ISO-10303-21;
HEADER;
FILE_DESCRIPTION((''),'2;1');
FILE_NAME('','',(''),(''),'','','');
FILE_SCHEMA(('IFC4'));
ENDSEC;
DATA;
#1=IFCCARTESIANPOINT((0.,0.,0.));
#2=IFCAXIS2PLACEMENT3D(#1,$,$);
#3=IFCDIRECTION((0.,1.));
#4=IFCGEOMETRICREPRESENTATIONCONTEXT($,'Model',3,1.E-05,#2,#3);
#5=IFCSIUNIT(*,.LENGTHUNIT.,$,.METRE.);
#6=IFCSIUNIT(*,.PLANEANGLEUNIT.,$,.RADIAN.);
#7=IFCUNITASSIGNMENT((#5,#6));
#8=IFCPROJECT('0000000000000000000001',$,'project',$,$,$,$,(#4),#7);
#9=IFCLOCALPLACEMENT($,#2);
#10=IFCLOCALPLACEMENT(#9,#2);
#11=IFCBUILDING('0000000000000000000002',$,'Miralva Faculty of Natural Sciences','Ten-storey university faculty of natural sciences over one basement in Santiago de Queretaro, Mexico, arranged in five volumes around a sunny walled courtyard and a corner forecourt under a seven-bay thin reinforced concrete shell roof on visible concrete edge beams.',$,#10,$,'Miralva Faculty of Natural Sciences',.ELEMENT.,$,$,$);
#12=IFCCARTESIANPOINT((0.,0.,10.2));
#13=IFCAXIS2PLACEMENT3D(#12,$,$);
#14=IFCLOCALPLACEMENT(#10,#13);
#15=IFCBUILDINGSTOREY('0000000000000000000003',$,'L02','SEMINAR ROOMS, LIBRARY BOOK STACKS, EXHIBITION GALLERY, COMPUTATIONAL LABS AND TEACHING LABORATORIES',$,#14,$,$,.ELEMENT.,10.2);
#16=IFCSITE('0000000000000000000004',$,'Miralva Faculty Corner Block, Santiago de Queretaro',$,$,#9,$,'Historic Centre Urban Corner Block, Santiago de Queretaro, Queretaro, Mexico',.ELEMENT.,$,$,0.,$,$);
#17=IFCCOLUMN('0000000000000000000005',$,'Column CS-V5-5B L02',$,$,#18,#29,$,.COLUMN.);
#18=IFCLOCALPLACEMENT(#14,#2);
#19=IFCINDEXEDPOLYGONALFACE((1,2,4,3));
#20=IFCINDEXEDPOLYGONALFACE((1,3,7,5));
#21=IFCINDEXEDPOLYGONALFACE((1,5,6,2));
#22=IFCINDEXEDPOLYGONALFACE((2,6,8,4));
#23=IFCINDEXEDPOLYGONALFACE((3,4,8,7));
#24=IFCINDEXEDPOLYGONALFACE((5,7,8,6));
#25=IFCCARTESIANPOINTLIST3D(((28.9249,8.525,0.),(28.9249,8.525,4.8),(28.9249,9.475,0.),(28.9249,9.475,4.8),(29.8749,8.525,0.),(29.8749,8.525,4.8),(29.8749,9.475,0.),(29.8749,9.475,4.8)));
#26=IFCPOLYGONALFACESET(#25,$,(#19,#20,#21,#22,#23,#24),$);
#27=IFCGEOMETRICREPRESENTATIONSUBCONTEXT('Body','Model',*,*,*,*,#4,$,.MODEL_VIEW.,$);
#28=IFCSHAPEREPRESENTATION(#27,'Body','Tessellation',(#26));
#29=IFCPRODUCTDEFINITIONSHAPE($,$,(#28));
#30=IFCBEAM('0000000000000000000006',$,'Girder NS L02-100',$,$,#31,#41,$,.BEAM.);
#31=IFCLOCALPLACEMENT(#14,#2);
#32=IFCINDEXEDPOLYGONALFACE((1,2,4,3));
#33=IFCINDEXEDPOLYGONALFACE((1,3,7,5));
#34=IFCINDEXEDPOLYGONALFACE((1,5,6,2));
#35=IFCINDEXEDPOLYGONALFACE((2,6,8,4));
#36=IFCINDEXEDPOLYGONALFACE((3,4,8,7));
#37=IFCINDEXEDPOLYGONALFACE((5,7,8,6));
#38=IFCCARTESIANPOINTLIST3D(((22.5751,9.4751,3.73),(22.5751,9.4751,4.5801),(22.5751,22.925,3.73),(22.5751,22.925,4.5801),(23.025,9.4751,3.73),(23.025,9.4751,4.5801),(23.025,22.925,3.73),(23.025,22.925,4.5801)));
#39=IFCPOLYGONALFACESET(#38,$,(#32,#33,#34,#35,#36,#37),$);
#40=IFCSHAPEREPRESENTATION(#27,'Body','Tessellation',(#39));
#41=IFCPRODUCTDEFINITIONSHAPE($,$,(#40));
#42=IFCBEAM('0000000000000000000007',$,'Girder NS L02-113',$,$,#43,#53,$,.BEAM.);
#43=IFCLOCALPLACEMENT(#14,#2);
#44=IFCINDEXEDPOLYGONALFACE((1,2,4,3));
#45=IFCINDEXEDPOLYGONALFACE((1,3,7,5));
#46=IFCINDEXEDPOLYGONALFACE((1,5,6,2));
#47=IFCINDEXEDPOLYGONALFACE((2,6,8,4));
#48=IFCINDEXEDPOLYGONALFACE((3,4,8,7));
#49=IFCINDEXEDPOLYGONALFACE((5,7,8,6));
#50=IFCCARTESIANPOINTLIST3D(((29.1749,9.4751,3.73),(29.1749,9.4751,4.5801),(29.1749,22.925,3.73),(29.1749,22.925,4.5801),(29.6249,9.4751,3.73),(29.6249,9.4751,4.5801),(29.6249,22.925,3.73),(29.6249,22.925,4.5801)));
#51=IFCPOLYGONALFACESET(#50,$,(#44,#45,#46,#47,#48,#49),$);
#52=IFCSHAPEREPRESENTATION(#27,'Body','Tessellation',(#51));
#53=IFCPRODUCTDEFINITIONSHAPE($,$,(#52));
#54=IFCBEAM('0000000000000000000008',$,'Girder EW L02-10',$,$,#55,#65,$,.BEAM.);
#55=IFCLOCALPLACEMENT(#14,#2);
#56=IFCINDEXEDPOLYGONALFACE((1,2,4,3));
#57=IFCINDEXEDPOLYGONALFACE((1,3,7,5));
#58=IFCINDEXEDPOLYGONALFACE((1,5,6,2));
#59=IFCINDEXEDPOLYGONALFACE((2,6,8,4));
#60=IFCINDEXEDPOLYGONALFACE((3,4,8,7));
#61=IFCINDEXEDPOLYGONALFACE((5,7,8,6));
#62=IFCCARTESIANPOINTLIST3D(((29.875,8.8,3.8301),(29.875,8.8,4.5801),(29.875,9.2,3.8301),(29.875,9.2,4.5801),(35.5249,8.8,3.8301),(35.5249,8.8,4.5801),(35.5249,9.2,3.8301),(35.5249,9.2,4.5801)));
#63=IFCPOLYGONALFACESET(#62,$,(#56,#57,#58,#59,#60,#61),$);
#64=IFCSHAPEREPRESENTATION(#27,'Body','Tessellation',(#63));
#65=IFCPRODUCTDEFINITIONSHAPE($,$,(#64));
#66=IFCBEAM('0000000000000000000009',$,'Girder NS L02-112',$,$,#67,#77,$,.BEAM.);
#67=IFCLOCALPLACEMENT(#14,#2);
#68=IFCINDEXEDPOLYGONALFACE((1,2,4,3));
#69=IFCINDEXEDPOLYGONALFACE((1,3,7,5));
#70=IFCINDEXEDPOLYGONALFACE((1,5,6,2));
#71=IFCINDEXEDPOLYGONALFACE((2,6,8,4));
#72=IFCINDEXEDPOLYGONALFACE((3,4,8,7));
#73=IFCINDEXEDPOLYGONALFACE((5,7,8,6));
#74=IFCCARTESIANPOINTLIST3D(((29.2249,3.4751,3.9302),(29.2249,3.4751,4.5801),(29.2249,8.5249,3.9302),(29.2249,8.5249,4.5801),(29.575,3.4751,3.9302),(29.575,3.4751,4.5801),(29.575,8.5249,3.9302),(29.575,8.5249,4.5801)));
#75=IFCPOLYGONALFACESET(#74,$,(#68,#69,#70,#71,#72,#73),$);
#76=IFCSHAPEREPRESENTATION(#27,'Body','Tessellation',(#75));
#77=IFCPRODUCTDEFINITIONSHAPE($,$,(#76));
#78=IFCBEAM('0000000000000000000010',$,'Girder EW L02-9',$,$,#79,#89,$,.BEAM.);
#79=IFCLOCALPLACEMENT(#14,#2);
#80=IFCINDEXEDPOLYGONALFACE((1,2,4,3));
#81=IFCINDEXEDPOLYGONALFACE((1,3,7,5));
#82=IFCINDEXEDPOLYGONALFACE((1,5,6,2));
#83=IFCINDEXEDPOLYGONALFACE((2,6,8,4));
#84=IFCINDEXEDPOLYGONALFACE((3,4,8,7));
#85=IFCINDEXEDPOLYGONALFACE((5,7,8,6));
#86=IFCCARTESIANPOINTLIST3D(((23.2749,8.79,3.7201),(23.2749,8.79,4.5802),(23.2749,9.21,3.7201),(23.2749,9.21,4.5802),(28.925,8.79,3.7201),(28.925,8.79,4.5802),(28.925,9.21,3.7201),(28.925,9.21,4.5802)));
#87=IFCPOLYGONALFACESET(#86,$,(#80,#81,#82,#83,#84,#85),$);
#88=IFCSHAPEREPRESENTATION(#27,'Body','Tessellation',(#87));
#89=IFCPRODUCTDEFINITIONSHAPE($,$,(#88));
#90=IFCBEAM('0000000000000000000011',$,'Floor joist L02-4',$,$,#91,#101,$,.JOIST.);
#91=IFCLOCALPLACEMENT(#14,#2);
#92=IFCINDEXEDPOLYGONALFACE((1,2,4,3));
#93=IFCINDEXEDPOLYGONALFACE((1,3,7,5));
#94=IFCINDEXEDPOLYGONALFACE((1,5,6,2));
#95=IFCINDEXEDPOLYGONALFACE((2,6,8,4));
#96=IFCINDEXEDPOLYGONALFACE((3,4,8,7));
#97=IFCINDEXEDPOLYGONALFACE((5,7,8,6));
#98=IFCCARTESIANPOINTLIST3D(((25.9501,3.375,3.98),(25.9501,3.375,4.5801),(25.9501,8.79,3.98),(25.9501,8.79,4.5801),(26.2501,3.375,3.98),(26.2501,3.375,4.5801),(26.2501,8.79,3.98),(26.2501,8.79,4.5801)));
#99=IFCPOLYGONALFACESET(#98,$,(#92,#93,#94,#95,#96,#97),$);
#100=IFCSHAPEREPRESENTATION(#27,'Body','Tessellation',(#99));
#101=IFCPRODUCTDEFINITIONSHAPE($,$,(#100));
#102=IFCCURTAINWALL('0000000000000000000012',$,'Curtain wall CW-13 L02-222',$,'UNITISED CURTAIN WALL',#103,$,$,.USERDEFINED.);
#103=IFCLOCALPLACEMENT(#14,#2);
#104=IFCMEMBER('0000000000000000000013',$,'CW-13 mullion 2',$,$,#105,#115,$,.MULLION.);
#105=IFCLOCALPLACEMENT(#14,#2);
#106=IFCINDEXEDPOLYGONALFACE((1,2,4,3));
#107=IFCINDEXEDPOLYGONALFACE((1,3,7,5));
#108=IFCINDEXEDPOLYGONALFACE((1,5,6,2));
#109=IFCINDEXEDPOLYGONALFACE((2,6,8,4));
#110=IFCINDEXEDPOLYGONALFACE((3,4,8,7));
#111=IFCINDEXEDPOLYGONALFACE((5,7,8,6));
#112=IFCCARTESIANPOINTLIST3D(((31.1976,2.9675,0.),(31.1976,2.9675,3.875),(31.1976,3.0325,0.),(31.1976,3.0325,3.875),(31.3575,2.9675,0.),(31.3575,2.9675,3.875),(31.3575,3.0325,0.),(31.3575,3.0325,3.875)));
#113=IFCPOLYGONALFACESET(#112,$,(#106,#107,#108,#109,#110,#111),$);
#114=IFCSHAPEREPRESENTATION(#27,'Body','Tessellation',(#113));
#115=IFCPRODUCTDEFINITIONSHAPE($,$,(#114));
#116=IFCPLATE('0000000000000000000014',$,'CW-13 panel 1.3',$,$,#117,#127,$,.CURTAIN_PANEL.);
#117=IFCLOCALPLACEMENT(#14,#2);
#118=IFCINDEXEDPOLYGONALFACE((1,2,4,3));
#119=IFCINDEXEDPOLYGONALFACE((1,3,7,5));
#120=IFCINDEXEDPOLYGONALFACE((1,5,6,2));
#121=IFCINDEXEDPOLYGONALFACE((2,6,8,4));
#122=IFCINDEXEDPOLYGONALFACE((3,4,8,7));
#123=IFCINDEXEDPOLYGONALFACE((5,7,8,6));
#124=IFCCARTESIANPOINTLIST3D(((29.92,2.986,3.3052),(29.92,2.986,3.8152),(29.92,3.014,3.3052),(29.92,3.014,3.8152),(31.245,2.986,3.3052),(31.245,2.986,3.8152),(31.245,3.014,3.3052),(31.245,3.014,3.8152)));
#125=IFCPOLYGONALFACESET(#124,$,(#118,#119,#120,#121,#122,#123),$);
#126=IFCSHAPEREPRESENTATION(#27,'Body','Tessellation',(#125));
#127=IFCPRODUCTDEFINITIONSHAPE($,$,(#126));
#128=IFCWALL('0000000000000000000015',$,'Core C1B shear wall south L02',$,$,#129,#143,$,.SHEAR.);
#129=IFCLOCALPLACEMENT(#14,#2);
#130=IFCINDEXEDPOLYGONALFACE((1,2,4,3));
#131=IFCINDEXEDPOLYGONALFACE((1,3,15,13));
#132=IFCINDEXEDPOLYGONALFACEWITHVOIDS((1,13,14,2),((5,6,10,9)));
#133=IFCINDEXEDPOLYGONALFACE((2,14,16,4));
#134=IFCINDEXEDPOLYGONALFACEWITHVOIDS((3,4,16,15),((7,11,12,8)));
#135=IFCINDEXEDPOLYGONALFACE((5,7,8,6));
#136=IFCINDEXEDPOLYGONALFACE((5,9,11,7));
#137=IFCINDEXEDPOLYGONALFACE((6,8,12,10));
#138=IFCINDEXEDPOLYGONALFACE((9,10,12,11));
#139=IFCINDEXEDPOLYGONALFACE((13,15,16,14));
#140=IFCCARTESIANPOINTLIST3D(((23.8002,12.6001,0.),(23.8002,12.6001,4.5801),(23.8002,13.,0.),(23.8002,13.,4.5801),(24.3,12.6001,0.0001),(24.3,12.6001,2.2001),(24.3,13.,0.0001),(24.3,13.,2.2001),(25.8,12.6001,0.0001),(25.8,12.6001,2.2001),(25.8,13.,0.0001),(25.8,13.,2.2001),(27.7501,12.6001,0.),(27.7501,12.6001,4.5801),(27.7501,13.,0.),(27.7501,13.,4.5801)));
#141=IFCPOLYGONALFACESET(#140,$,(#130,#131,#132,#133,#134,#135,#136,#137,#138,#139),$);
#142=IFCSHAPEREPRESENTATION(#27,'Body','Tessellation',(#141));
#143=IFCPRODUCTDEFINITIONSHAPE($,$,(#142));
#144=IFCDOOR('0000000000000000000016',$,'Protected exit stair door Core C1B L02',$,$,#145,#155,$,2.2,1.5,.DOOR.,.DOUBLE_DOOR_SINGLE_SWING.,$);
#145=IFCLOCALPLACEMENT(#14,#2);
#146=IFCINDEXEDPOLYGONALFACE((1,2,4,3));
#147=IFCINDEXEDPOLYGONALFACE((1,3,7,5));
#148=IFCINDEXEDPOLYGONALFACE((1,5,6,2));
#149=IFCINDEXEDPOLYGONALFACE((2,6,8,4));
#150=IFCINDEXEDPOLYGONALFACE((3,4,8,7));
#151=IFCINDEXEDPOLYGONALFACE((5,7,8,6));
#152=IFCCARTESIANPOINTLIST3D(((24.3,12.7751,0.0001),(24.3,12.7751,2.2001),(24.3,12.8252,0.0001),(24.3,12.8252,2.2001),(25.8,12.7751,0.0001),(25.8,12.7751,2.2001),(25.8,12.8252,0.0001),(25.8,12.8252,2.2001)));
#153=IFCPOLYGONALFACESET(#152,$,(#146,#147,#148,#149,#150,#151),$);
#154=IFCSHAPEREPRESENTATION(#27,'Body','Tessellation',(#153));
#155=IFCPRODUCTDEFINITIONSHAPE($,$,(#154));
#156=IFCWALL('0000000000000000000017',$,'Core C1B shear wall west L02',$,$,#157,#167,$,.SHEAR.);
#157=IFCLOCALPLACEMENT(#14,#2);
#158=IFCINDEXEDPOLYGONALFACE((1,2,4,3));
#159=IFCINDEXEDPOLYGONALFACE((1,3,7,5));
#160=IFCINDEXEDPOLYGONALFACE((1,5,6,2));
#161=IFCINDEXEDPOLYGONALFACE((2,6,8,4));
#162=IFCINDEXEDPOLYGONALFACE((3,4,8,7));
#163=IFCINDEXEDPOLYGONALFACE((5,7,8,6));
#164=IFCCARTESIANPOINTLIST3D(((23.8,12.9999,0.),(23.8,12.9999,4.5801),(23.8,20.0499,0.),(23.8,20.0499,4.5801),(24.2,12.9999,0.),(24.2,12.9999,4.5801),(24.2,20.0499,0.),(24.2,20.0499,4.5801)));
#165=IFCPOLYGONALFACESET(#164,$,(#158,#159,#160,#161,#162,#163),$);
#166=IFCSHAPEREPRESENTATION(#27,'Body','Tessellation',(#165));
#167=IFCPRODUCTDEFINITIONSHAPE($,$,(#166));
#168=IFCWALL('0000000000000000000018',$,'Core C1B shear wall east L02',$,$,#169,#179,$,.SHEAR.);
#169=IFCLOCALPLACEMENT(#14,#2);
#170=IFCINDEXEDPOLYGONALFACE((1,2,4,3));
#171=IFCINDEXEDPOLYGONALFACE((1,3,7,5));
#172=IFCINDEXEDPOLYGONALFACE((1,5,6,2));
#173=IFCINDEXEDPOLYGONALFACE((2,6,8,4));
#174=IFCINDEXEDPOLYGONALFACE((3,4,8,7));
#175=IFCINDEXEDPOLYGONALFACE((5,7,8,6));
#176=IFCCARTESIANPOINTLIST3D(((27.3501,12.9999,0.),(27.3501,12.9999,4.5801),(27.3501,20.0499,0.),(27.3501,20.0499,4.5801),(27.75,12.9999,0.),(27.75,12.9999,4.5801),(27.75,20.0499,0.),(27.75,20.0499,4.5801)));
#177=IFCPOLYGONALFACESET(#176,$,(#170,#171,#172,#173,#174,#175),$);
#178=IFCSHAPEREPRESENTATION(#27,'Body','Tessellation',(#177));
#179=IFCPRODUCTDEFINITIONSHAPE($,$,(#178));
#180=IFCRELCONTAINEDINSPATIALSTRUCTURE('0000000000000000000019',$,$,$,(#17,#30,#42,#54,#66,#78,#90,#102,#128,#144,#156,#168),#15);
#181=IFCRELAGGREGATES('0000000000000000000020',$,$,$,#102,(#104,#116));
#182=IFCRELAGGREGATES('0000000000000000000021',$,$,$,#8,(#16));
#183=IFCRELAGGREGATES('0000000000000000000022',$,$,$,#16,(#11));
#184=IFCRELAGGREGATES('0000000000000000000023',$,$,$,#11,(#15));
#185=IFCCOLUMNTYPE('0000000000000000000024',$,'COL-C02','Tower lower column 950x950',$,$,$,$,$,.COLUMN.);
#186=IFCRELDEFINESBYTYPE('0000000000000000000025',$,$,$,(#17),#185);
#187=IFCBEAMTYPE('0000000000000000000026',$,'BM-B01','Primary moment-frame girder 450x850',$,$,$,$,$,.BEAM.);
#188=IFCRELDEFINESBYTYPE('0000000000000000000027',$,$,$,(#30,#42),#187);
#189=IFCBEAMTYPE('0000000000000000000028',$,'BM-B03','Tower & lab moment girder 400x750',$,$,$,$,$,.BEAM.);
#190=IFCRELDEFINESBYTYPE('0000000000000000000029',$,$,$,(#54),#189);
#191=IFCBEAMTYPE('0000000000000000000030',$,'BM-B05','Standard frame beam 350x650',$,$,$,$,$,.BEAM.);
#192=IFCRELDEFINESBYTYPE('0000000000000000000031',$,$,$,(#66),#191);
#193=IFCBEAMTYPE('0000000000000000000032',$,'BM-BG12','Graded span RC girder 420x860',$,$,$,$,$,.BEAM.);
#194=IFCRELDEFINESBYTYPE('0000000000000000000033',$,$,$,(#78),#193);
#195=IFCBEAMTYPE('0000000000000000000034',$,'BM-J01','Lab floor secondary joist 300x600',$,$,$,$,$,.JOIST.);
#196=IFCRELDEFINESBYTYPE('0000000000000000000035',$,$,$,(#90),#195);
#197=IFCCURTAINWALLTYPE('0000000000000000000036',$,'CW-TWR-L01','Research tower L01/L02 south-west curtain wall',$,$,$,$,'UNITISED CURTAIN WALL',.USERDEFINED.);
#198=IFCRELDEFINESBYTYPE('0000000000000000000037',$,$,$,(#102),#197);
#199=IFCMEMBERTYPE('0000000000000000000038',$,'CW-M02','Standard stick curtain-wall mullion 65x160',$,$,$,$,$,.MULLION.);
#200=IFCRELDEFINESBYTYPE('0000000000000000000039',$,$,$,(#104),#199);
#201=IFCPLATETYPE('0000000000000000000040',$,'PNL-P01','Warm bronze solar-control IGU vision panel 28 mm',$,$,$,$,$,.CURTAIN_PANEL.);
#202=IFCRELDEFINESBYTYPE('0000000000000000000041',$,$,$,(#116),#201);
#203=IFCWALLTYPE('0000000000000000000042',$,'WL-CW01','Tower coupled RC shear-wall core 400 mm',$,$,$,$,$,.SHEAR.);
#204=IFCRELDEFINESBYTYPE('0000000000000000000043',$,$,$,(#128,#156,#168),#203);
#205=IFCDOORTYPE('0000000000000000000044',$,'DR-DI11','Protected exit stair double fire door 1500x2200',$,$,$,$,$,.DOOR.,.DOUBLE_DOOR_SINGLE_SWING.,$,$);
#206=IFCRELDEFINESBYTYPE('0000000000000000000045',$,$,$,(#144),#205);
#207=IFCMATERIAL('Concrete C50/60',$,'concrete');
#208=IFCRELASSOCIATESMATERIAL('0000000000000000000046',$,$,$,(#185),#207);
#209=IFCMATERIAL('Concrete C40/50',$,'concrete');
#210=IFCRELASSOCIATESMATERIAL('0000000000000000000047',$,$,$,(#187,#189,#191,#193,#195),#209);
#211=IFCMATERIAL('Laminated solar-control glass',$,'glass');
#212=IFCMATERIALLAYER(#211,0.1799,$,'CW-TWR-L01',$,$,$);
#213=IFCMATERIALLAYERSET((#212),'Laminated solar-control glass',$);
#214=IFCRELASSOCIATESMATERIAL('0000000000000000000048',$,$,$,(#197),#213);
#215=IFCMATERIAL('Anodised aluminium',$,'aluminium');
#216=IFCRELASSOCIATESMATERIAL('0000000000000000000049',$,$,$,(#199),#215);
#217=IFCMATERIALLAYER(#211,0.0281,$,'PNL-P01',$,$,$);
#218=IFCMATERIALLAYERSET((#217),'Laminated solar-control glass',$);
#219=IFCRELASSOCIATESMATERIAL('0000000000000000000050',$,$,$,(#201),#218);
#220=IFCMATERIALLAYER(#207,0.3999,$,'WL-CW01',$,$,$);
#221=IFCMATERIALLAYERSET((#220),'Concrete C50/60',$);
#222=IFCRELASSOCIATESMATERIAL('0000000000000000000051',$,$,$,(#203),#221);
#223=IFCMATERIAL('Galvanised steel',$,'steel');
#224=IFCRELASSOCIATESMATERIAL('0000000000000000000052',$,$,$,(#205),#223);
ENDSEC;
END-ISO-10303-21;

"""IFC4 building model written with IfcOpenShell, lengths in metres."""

from ifc_helpers import new_model, si_unit, direction, frame, frame_2d, origin, origin_2d, place, context, subcontext, project, spatial, rectangle, extrude, material, layer, layer_set, material_profile, profile_set, type_object, element, fill, aggregate, save


model = new_model("IFC4")

# Units and contexts
model_context = context("Model", 3, precision=1e-05, world=origin(), true_north=direction((0.0, 1.0)))
body_context = subcontext(model_context, "Body", "Model", "MODEL_VIEW")
ifc_project = project(units=[si_unit("LENGTHUNIT", "METRE"), si_unit("PLANEANGLEUNIT", "RADIAN")], contexts=[model_context])

# Site, building, storey
site_placement = place(None, origin())
site = spatial("IfcSite", under=ifc_project, at=site_placement, Name="Miralva Faculty Corner Block, Santiago de Queretaro", LongName="Historic Centre Urban Corner Block, Santiago de Queretaro, Queretaro, Mexico", CompositionType="ELEMENT", RefElevation=0.0)
building_placement = place(site_placement, origin())
building = spatial("IfcBuilding", under=site, at=building_placement, Name="Miralva Faculty of Natural Sciences", Description="Ten-storey university faculty of natural sciences over one basement in Santiago de Queretaro, Mexico, arranged in five volumes around a sunny walled courtyard and a corner forecourt under a seven-bay thin reinforced concrete shell roof on visible concrete edge beams.", LongName="Miralva Faculty of Natural Sciences", CompositionType="ELEMENT")
storey_placement = place(building_placement, frame((0.0, 0.0, 10.2)))
storey = spatial("IfcBuildingStorey", under=building, at=storey_placement, Name="L02", Description="SEMINAR ROOMS, LIBRARY BOOK STACKS, EXHIBITION GALLERY, COMPUTATIONAL LABS AND TEACHING LABORATORIES", CompositionType="ELEMENT", Elevation=10.2)

# Column
ifc_material_1 = material(Name="Concrete C50/60", Category="concrete")
ifc_material_profile_1 = material_profile(ifc_material_1, rectangle(XDim=0.95, YDim=0.95, at=origin_2d()), Name="RC 950x950")
ifc_profile_set_1 = profile_set([ifc_material_profile_1], Name="Concrete C50/60")
column_type = type_object("IfcColumnType", Name="COL-C02", Description="Tower lower column 950x950", PredefinedType="COLUMN", material=ifc_profile_set_1)
column_placement = place(storey_placement, frame((29.3999, 9.0, 0.0), z_axis=(0.0, 0.0, 1.0), x_axis=(1.0, 0.0, 0.0)))
element("IfcColumn", 1, at=column_placement, inside=storey, type_object=column_type, Name="Column CS-V5-5B L02", PredefinedType="COLUMN", context=body_context, shape_type="SweptSolid", body=[
    extrude(rectangle(XDim=0.95, YDim=0.95, at=origin_2d()), origin(), (0.0, 0.0, 1.0), 4.8),
])

# Beams
ifc_material_2 = material(Name="Concrete C40/50", Category="concrete")
ifc_material_profile_2 = material_profile(ifc_material_2, rectangle(XDim=0.45, YDim=0.8501, at=origin_2d()), Name="RC 450x850")
ifc_profile_set_2 = profile_set([ifc_material_profile_2], Name="Concrete C40/50")
beam_type_1 = type_object("IfcBeamType", Name="BM-B01", Description="Primary moment-frame girder 450x850", PredefinedType="BEAM", material=ifc_profile_set_2)
for number, where, z_axis, x_axis, name in (
    (2, (22.8, 9.4751, 4.155), (0.0, 1.0, 0.0), (-1.0, 0.0, 0.0), "Girder NS L02-100"),
    (3, (29.3999, 9.4751, 4.155), (0.0, 1.0, 0.0), (-1.0, 0.0, 0.0), "Girder NS L02-113"),
):
    element("IfcBeam", number, at=place(storey_placement, frame(where, z_axis=z_axis, x_axis=x_axis)), inside=storey, type_object=beam_type_1, Name=name, PredefinedType="BEAM", context=body_context, shape_type="SweptSolid", body=[
        extrude(rectangle(XDim=0.45, YDim=0.8501, at=origin_2d()), origin(), (0.0, 0.0, 1.0), 13.45),
    ])
ifc_material_profile_3 = material_profile(ifc_material_2, rectangle(XDim=0.3999, YDim=0.75, at=origin_2d()), Name="RC 400x750")
ifc_profile_set_3 = profile_set([ifc_material_profile_3], Name="Concrete C40/50")
beam_type_2 = type_object("IfcBeamType", Name="BM-B03", Description="Tower & lab moment girder 400x750", PredefinedType="BEAM", material=ifc_profile_set_3)
beam_1_placement = place(storey_placement, frame((29.875, 9.0, 4.2051), z_axis=(1.0, 0.0, 0.0), x_axis=(0.0, 1.0, 0.0)))
element("IfcBeam", 4, at=beam_1_placement, inside=storey, type_object=beam_type_2, Name="Girder EW L02-10", PredefinedType="BEAM", context=body_context, shape_type="SweptSolid", body=[
    extrude(rectangle(XDim=0.3999, YDim=0.75, at=origin_2d()), origin(), (0.0, 0.0, 1.0), 5.6499),
])
ifc_material_profile_4 = material_profile(ifc_material_2, rectangle(XDim=0.3501, YDim=0.6499, at=origin_2d()), Name="RC 350x650")
ifc_profile_set_4 = profile_set([ifc_material_profile_4], Name="Concrete C40/50")
beam_type_3 = type_object("IfcBeamType", Name="BM-B05", Description="Standard frame beam 350x650", PredefinedType="BEAM", material=ifc_profile_set_4)
beam_2_placement = place(storey_placement, frame((29.3999, 3.4751, 4.2551), z_axis=(0.0, 1.0, 0.0), x_axis=(-1.0, 0.0, 0.0)))
element("IfcBeam", 5, at=beam_2_placement, inside=storey, type_object=beam_type_3, Name="Girder NS L02-112", PredefinedType="BEAM", context=body_context, shape_type="SweptSolid", body=[
    extrude(rectangle(XDim=0.3501, YDim=0.6499, at=origin_2d()), origin(), (0.0, 0.0, 1.0), 5.0498),
])
ifc_material_profile_5 = material_profile(ifc_material_2, rectangle(XDim=0.4199, YDim=0.8601, at=origin_2d()), Name="RC 420x860")
ifc_profile_set_5 = profile_set([ifc_material_profile_5], Name="Concrete C40/50")
beam_type_4 = type_object("IfcBeamType", Name="BM-BG12", Description="Graded span RC girder 420x860", PredefinedType="BEAM", material=ifc_profile_set_5)
beam_3_placement = place(storey_placement, frame((23.2749, 9.0, 4.1501), z_axis=(1.0, 0.0, 0.0), x_axis=(0.0, 1.0, 0.0)))
element("IfcBeam", 6, at=beam_3_placement, inside=storey, type_object=beam_type_4, Name="Girder EW L02-9", PredefinedType="BEAM", context=body_context, shape_type="SweptSolid", body=[
    extrude(rectangle(XDim=0.4199, YDim=0.8601, at=origin_2d()), origin(), (0.0, 0.0, 1.0), 5.6501),
])
ifc_material_profile_6 = material_profile(ifc_material_2, rectangle(XDim=0.3, YDim=0.6001, at=origin_2d()), Name="RC 300x600")
ifc_profile_set_6 = profile_set([ifc_material_profile_6], Name="Concrete C40/50")
beam_type_5 = type_object("IfcBeamType", Name="BM-J01", Description="Lab floor secondary joist 300x600", PredefinedType="JOIST", material=ifc_profile_set_6)
beam_4_placement = place(storey_placement, frame((26.1001, 3.375, 4.28), z_axis=(0.0, 1.0, 0.0), x_axis=(-1.0, 0.0, 0.0)))
element("IfcBeam", 7, at=beam_4_placement, inside=storey, type_object=beam_type_5, Name="Floor joist L02-4", PredefinedType="JOIST", context=body_context, shape_type="SweptSolid", body=[
    extrude(rectangle(XDim=0.3, YDim=0.6001, at=origin_2d()), origin(), (0.0, 0.0, 1.0), 5.415),
])

# Curtain wall, member, plate
ifc_material_3 = material(Name="Laminated solar-control glass", Category="glass")
ifc_layer_1 = layer(ifc_material_3, 0.1799, Name="CW-TWR-L01")
ifc_layer_set_1 = layer_set([ifc_layer_1], Name="Laminated solar-control glass")
curtain_wall_type = type_object("IfcCurtainWallType", Name="CW-TWR-L01", Description="Research tower L01/L02 south-west curtain wall", ElementType="UNITISED CURTAIN WALL", PredefinedType="USERDEFINED", material=ifc_layer_set_1)
curtain_wall_placement = place(storey_placement, origin())
curtain_wall = element("IfcCurtainWall", 8, at=curtain_wall_placement, inside=storey, type_object=curtain_wall_type, Name="Curtain wall CW-13 L02-222", ObjectType="UNITISED CURTAIN WALL", PredefinedType="USERDEFINED")
ifc_material_4 = material(Name="Anodised aluminium", Category="aluminium")
ifc_material_profile_7 = material_profile(ifc_material_4, rectangle(XDim=0.0649, YDim=0.1599, at=origin_2d()), Name="MULLION 65x160")
ifc_profile_set_7 = profile_set([ifc_material_profile_7], Name="Anodised aluminium")
member_type = type_object("IfcMemberType", Name="CW-M02", Description="Standard stick curtain-wall mullion 65x160", PredefinedType="MULLION", material=ifc_profile_set_7)
member_placement = place(storey_placement, frame((31.2776, 3.0, 0.0), z_axis=(0.0, 0.0, 1.0), x_axis=(0.0, 1.0, 0.0)))
member = element("IfcMember", 9, at=member_placement, type_object=member_type, Name="CW-13 mullion 2", PredefinedType="MULLION", context=body_context, shape_type="SweptSolid", body=[
    extrude(rectangle(XDim=0.0649, YDim=0.1599, at=origin_2d()), origin(), (0.0, 0.0, 1.0), 3.875),
])
ifc_layer_2 = layer(ifc_material_3, 0.0281, Name="PNL-P01")
ifc_layer_set_2 = layer_set([ifc_layer_2], Name="Laminated solar-control glass")
plate_type = type_object("IfcPlateType", Name="PNL-P01", Description="Warm bronze solar-control IGU vision panel 28 mm", PredefinedType="CURTAIN_PANEL", material=ifc_layer_set_2)
plate_placement = place(storey_placement, frame((30.5825, 3.0, 3.3052), z_axis=(0.0, 0.0, 1.0), x_axis=(1.0, 0.0, 0.0)))
plate = element("IfcPlate", 10, at=plate_placement, type_object=plate_type, Name="CW-13 panel 1.3", PredefinedType="CURTAIN_PANEL", context=body_context, shape_type="SweptSolid", body=[
    extrude(rectangle(XDim=1.325, YDim=0.0281, at=origin_2d()), origin(), (0.0, 0.0, 1.0), 0.51),
])
aggregate(curtain_wall, [member, plate])

# Wall, opening, door
ifc_layer_3 = layer(ifc_material_1, 0.3999, Name="WL-CW01")
ifc_layer_set_3 = layer_set([ifc_layer_3], Name="Concrete C50/60")
wall_type_1 = type_object("IfcWallType", Name="WL-CW01", Description="Tower coupled RC shear-wall core 400 mm", PredefinedType="SHEAR", material=ifc_layer_set_3)
wall_1_placement = place(storey_placement, frame((23.8, 12.8, 0.0), z_axis=(0.0, 0.0, 1.0), x_axis=(1.0, 0.0, 0.0)))
wall_1 = element("IfcWall", 11, at=wall_1_placement, inside=storey, type_object=wall_type_1, Name="Core C1B shear wall south L02", PredefinedType="SHEAR", context=body_context, shape_type="SweptSolid", body=[
    extrude(rectangle(XDim=3.95, YDim=0.3999, at=frame_2d((1.9751, 0.0))), origin(), (0.0, 0.0, 1.0), 4.5801),
])
opening_1_placement = place(wall_1_placement, frame((0.5, 0.0, 0.0)))
opening_1 = element("IfcOpeningElement", 12, at=opening_1_placement, cuts=wall_1, PredefinedType="OPENING", context=body_context, shape_type="SweptSolid", body=[
    extrude(rectangle(XDim=1.5, YDim=2.2, at=frame_2d((0.75, 1.1001))), frame((0.0, 0.21, 0.0), z_axis=(0.0, -1.0, 0.0), x_axis=(1.0, 0.0, 0.0)), (0.0, 0.0, 1.0), 0.4199),
])
ifc_material_5 = material(Name="Galvanised steel", Category="steel")
door_type_1 = type_object("IfcDoorType", Name="DR-DI11", Description="Protected exit stair double fire door 1500x2200", OperationType="DOUBLE_DOOR_SINGLE_SWING", PredefinedType="DOOR", material=ifc_material_5)
door_1_placement = place(opening_1_placement, frame((1.5, 0.0, 0.0), z_axis=(0.0, 0.0, 1.0), x_axis=(-1.0, 0.0, 0.0)))
door_1 = element("IfcDoor", 13, at=door_1_placement, inside=storey, type_object=door_type_1, Name="Protected exit stair door Core C1B L02", OperationType="DOUBLE_DOOR_SINGLE_SWING", OverallHeight=2.2, OverallWidth=1.5, PredefinedType="DOOR", context=body_context, shape_type="SweptSolid", body=[
    extrude(rectangle(XDim=1.5, YDim=2.2, at=frame_2d((0.75, 1.1001))), frame((0.0, 0.0249, 0.0), z_axis=(0.0, -1.0, 0.0), x_axis=(1.0, 0.0, 0.0)), (0.0, 0.0, 1.0), 0.05),
])
fill(opening_1, door_1)

# Walls
for number, where, z_axis, x_axis, name in (
    (14, (24.0, 13.0, 0.0), (0.0, 0.0, 1.0), (0.0, 1.0, 0.0), "Core C1B shear wall west L02"),
    (15, (27.55, 13.0, 0.0), (0.0, 0.0, 1.0), (0.0, 1.0, 0.0), "Core C1B shear wall east L02"),
):
    element("IfcWall", number, at=place(storey_placement, frame(where, z_axis=z_axis, x_axis=x_axis)), inside=storey, type_object=wall_type_1, Name=name, PredefinedType="SHEAR", context=body_context, shape_type="SweptSolid", body=[
        extrude(rectangle(XDim=7.05, YDim=0.3999, at=frame_2d((3.5249, 0.0))), origin(), (0.0, 0.0, 1.0), 4.5801),
    ])

save(model, "model.ifc")
